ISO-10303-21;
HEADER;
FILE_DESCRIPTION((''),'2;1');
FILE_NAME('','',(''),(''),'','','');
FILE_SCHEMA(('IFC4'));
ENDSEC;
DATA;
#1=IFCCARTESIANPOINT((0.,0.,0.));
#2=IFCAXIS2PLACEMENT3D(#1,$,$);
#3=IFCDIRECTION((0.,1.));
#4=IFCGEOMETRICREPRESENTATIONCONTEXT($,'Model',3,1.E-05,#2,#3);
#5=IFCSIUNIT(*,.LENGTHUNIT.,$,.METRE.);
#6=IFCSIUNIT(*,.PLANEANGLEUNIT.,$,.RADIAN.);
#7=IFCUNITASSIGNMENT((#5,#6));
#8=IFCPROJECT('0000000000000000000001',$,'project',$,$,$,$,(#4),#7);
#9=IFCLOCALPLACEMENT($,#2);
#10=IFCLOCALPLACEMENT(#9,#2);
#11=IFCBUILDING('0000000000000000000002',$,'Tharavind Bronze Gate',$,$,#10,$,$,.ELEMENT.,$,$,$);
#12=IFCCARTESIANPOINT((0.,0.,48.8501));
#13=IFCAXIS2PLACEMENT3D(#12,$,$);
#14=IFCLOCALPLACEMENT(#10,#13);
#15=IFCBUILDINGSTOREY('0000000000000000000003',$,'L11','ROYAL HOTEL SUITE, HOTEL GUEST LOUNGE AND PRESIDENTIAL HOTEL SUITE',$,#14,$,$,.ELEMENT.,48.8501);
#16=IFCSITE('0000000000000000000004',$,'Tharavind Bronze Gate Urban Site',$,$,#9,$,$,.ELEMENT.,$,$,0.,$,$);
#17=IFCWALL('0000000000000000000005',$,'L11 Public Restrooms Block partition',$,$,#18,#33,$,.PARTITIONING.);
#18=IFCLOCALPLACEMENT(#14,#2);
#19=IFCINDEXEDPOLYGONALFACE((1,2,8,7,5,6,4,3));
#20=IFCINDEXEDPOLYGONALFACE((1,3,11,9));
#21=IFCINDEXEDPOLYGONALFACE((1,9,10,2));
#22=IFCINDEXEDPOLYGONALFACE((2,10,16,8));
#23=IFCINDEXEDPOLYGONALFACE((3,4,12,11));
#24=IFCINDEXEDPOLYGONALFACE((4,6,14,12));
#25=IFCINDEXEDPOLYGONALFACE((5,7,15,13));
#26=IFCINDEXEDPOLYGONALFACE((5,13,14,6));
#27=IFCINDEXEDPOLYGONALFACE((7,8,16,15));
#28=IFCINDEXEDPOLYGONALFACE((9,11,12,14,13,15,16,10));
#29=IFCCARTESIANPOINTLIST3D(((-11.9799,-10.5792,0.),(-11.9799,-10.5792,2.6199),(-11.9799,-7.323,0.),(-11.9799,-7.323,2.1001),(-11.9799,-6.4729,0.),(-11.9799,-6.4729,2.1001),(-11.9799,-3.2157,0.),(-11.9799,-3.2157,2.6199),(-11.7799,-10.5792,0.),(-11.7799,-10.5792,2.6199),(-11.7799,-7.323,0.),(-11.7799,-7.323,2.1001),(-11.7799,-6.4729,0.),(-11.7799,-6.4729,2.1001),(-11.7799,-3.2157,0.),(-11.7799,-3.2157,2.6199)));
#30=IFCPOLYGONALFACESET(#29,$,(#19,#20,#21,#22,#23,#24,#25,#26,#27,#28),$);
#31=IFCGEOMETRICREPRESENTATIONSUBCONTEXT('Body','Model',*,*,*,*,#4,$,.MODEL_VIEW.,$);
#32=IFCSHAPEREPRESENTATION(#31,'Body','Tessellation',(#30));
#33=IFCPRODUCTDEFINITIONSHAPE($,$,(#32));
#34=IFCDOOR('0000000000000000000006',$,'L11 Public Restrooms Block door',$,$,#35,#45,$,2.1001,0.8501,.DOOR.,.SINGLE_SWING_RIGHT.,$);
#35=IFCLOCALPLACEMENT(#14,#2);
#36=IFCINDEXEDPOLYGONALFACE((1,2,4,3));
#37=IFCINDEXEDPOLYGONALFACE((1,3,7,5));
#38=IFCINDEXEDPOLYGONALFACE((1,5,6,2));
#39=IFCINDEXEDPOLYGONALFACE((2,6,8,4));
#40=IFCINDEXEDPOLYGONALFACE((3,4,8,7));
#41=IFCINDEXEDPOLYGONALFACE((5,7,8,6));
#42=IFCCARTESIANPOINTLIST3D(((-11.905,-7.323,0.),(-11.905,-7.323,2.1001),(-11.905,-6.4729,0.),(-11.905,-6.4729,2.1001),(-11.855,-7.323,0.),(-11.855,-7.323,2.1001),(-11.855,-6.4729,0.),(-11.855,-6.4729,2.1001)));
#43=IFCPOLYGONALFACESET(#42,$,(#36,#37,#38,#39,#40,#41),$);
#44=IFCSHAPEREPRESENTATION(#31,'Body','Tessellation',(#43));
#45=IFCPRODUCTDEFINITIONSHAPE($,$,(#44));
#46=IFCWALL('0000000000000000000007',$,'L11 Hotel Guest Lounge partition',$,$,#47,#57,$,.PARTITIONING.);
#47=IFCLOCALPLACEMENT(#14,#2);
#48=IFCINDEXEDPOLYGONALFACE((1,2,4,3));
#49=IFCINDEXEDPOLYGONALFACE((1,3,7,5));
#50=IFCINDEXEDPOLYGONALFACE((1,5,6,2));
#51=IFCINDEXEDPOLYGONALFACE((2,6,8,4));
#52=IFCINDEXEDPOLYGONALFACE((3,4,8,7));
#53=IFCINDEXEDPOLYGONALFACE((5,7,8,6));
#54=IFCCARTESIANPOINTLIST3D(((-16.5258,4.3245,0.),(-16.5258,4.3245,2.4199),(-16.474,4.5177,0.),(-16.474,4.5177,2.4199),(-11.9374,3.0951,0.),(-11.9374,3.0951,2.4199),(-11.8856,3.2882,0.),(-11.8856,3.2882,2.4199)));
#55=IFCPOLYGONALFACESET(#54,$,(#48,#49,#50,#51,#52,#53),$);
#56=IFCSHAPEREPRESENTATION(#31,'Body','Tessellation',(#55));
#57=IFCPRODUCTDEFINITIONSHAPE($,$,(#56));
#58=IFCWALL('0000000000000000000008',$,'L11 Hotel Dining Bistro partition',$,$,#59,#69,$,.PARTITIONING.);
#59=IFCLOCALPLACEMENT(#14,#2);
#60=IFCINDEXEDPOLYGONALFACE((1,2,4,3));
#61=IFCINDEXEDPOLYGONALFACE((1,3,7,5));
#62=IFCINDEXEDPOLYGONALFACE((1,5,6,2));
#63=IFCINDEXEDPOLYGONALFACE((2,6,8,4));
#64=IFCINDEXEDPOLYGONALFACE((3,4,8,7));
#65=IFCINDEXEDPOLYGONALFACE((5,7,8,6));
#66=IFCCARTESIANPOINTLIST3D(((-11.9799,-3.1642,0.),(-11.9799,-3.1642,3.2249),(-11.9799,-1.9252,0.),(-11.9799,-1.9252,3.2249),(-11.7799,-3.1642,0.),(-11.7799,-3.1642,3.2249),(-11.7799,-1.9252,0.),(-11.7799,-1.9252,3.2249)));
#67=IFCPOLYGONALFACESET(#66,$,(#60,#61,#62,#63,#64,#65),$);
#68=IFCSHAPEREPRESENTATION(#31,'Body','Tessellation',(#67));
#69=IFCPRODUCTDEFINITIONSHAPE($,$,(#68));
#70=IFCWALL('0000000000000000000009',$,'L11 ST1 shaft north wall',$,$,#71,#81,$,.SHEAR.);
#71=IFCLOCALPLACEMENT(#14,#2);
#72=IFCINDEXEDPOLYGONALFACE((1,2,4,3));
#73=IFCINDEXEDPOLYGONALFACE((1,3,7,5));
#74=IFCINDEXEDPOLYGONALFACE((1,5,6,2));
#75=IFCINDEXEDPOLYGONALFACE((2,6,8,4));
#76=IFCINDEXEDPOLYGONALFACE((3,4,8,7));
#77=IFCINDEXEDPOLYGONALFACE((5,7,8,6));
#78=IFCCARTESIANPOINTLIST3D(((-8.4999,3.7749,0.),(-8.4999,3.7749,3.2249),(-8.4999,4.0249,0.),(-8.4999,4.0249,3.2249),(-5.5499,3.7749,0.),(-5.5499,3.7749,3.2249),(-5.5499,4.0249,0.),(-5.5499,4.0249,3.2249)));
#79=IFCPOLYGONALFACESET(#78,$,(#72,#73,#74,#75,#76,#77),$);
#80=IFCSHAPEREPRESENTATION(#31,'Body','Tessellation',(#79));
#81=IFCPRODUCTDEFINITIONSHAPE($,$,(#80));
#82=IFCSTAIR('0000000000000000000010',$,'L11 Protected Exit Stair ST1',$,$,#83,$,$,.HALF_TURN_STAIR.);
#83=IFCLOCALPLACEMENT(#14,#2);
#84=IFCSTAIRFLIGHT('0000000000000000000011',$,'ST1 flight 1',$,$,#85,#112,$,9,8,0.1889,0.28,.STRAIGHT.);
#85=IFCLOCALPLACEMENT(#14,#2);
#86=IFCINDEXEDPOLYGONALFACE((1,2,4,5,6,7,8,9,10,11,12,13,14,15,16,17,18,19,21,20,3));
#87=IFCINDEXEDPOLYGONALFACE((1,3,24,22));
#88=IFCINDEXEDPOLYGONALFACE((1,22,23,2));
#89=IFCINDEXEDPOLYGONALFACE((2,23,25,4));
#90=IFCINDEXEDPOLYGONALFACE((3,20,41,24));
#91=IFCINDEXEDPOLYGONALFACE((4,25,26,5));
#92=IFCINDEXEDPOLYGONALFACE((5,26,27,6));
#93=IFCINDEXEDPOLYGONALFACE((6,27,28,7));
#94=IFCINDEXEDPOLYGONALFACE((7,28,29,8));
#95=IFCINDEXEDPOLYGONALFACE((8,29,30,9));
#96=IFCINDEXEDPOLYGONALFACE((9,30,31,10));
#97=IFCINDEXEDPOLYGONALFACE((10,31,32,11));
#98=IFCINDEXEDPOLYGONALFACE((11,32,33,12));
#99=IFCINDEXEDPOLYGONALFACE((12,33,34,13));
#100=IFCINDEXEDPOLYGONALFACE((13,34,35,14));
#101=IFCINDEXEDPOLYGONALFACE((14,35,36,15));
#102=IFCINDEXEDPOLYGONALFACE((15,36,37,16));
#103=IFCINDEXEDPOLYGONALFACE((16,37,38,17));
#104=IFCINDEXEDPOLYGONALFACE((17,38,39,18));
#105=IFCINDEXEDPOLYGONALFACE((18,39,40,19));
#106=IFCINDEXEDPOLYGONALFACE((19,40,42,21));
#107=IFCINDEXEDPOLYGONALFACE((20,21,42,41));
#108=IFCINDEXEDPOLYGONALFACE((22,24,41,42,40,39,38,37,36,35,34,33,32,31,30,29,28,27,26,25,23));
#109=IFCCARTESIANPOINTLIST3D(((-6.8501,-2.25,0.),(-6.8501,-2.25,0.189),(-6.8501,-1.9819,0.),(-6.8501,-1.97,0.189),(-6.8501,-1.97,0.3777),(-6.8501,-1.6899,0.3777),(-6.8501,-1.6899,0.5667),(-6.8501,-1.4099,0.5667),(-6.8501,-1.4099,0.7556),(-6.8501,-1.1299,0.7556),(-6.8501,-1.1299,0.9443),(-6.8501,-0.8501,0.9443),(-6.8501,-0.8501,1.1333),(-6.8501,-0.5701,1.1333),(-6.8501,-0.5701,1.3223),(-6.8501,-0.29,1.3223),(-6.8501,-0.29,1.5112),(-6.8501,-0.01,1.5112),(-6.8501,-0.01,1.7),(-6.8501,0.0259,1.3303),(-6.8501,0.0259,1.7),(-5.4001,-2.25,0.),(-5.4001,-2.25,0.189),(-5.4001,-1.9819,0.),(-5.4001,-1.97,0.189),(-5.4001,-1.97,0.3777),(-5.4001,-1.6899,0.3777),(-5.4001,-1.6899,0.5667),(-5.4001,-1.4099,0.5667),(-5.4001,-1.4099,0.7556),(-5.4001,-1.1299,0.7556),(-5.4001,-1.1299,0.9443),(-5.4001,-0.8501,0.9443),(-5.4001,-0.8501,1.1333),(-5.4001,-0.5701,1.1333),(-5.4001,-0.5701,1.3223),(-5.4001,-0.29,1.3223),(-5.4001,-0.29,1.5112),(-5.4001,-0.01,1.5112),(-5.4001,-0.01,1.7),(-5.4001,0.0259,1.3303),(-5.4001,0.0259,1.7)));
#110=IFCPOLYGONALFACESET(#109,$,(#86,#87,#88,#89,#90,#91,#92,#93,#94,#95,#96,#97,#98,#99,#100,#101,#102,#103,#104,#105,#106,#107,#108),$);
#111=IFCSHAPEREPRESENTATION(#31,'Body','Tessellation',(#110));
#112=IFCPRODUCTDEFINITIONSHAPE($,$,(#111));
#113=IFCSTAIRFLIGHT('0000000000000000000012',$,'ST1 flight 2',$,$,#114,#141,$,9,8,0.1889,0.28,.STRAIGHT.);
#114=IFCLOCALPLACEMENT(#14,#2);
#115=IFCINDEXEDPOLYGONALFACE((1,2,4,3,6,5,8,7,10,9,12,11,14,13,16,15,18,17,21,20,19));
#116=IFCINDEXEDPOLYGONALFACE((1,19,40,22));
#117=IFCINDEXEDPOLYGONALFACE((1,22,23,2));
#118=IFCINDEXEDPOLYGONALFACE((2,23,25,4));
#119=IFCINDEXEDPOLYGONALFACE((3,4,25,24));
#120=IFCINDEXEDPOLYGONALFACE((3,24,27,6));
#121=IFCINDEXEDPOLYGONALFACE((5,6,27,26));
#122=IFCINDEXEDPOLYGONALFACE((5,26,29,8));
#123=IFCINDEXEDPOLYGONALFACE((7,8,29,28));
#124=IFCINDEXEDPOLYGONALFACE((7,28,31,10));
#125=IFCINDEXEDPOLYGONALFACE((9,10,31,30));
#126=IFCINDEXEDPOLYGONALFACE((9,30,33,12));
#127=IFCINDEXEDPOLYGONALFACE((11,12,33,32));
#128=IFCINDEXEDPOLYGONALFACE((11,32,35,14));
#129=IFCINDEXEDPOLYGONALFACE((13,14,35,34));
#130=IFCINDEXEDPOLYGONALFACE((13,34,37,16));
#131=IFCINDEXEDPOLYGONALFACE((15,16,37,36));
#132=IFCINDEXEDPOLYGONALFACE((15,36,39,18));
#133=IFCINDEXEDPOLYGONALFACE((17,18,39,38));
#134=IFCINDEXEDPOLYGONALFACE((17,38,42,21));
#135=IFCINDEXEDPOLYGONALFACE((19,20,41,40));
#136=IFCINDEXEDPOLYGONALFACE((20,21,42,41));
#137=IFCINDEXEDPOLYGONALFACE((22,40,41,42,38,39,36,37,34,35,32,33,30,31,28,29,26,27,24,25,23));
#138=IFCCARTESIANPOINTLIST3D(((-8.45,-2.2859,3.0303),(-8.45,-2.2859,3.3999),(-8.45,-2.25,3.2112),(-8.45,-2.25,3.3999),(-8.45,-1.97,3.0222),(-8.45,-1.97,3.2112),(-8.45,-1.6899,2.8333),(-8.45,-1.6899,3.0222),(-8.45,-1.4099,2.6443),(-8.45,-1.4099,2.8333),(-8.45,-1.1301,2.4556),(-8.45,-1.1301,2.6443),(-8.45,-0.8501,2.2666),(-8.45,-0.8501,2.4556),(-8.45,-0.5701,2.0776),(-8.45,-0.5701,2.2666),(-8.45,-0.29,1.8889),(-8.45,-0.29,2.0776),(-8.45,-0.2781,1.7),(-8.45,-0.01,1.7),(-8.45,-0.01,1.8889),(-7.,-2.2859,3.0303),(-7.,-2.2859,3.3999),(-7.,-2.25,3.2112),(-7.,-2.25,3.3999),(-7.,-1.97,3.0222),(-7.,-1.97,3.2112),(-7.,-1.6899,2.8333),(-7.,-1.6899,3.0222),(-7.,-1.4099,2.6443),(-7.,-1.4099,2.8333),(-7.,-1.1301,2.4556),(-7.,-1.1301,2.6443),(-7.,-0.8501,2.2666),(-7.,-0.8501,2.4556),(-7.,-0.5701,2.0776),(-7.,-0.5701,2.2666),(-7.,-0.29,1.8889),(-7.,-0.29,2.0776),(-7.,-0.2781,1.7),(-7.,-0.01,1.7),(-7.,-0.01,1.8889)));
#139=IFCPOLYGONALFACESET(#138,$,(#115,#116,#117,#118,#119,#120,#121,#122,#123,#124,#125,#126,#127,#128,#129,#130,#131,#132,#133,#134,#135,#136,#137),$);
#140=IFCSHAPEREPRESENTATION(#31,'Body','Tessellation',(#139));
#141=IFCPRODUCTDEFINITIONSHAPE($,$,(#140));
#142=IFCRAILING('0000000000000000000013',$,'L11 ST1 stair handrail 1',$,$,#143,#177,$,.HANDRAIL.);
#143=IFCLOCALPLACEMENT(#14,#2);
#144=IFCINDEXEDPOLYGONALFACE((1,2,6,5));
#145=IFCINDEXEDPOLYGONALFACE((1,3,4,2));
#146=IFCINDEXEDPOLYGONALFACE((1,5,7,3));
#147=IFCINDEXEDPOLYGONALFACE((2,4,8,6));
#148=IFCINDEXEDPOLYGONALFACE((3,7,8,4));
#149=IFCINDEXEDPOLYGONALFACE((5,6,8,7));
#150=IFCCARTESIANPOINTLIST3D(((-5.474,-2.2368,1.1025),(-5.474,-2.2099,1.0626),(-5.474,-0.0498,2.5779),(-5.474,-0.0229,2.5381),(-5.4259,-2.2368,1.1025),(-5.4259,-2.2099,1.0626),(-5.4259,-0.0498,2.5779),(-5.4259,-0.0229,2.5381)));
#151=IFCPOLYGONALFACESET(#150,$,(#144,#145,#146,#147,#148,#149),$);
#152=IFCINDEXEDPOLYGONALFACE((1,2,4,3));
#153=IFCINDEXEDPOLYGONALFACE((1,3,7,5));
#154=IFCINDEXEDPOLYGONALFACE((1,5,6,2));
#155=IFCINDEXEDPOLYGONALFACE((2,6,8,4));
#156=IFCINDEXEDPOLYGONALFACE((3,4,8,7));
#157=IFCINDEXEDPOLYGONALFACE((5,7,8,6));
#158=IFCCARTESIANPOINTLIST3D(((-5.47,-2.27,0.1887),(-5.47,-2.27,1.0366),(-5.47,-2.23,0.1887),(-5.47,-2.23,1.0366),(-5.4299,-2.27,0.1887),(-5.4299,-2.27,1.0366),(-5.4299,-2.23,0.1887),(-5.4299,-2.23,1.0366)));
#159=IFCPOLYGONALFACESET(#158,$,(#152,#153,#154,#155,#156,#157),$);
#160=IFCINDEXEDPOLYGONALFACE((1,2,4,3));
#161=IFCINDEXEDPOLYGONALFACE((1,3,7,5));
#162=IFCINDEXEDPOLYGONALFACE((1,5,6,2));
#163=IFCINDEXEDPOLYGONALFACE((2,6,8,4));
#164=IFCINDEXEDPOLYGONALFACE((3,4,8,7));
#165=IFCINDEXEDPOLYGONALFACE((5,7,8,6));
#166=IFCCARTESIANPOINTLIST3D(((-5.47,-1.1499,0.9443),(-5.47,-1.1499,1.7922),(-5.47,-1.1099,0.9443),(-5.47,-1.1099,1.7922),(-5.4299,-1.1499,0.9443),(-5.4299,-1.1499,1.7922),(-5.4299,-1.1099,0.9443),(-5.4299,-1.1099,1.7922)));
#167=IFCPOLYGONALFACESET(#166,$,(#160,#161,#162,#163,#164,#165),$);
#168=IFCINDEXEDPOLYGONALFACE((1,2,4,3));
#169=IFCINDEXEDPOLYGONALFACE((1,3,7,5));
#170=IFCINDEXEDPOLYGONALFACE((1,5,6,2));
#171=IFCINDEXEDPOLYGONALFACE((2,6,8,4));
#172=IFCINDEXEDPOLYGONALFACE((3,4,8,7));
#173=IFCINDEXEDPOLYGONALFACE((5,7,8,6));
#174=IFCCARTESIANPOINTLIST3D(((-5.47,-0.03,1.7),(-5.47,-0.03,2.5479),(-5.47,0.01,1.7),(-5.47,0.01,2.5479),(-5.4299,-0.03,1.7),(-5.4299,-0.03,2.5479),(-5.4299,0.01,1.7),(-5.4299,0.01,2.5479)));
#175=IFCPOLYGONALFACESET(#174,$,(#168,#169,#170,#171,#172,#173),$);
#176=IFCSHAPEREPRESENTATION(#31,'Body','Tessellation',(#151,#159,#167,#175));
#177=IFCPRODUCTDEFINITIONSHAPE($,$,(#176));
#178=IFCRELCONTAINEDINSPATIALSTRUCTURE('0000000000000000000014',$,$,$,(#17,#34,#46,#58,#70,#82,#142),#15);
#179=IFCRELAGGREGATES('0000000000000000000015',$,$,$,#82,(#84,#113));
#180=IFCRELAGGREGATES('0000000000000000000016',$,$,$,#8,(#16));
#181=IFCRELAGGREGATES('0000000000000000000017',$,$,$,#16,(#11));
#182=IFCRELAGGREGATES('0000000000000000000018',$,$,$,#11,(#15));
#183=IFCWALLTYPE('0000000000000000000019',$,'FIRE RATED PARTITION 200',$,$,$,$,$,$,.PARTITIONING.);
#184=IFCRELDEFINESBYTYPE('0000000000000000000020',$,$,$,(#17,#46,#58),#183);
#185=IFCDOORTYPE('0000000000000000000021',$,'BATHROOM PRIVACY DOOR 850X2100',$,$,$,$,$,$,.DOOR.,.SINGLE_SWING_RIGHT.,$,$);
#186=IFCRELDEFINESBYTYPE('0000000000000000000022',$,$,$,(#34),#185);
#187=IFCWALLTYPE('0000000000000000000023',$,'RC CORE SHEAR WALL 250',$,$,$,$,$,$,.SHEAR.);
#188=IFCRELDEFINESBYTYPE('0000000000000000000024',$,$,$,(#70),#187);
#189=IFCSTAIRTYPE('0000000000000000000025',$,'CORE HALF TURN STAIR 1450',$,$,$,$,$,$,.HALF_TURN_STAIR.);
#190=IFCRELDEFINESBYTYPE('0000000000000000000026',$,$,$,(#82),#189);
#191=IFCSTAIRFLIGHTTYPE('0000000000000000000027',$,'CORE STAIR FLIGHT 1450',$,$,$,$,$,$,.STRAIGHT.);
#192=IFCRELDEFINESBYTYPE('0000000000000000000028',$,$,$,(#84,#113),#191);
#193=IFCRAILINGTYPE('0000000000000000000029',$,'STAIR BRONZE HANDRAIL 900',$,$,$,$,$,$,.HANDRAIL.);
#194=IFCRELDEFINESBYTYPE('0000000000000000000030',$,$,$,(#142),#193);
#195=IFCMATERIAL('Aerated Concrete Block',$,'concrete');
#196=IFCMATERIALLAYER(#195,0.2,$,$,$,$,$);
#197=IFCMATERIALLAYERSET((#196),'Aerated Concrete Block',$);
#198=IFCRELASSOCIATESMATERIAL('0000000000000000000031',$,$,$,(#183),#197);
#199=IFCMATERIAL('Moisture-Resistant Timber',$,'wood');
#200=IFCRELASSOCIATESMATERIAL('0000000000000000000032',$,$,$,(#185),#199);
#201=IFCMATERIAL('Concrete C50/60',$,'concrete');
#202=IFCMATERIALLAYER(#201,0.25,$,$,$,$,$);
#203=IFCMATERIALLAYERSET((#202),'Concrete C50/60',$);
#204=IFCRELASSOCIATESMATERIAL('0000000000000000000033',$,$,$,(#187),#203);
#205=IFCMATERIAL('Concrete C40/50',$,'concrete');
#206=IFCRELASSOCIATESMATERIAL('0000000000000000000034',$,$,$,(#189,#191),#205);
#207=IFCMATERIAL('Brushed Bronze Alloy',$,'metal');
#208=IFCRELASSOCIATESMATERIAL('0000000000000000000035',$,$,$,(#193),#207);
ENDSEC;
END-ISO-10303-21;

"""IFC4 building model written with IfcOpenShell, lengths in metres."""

from ifc_helpers import new_model, si_unit, direction, frame, frame_2d, origin, origin_2d, place, context, subcontext, project, spatial, polyline, rectangle, outline, extrude, material, layer, layer_set, type_object, element, fill, aggregate, save


model = new_model("IFC4")

# Units and contexts
model_context = context("Model", 3, precision=1e-05, world=origin(), true_north=direction((0.0, 1.0)))
body_context = subcontext(model_context, "Body", "Model", "MODEL_VIEW")
ifc_project = project(units=[si_unit("LENGTHUNIT", "METRE"), si_unit("PLANEANGLEUNIT", "RADIAN")], contexts=[model_context])

# Site, building, storey
site_placement = place(None, origin())
site = spatial("IfcSite", under=ifc_project, at=site_placement, Name="Tharavind Bronze Gate Urban Site", CompositionType="ELEMENT", RefElevation=0.0)
building_placement = place(site_placement, origin())
building = spatial("IfcBuilding", under=site, at=building_placement, Name="Tharavind Bronze Gate", CompositionType="ELEMENT")
storey_placement = place(building_placement, frame((0.0, 0.0, 48.8501)))
storey = spatial("IfcBuildingStorey", under=building, at=storey_placement, Name="L11", Description="ROYAL HOTEL SUITE, HOTEL GUEST LOUNGE AND PRESIDENTIAL HOTEL SUITE", CompositionType="ELEMENT", Elevation=48.8501)

# Wall, opening, door
ifc_material_1 = material(Name="Aerated Concrete Block", Category="concrete")
ifc_layer_1 = layer(ifc_material_1, 0.2)
ifc_layer_set_1 = layer_set([ifc_layer_1], Name="Aerated Concrete Block")
wall_type_1 = type_object("IfcWallType", Name="FIRE RATED PARTITION 200", PredefinedType="PARTITIONING", material=ifc_layer_set_1)
wall_1_placement = place(storey_placement, frame((-11.8799, -3.2158, 0.0), z_axis=(0.0, 0.0, 1.0), x_axis=(0.0, -1.0, 0.0)))
wall_1 = element("IfcWall", 1, at=wall_1_placement, inside=storey, type_object=wall_type_1, Name="L11 Public Restrooms Block partition", PredefinedType="PARTITIONING", context=body_context, shape_type="SweptSolid", body=[
    extrude(rectangle(XDim=7.3635, YDim=0.2, at=frame_2d((3.6816, 0.0))), origin(), (0.0, 0.0, 1.0), 2.6199),
])
opening_1_placement = place(wall_1_placement, frame((3.2571, 0.0, 0.0)))
opening_1 = element("IfcOpeningElement", 2, at=opening_1_placement, cuts=wall_1, PredefinedType="OPENING", context=body_context, shape_type="SweptSolid", body=[
    extrude(rectangle(XDim=0.8501, YDim=2.1001, at=frame_2d((0.425, 1.05))), frame((0.0, 0.1101, 0.0), z_axis=(0.0, -1.0, 0.0), x_axis=(1.0, 0.0, 0.0)), (0.0, 0.0, 1.0), 0.22),
])
ifc_material_2 = material(Name="Moisture-Resistant Timber", Category="wood")
door_type_1 = type_object("IfcDoorType", Name="BATHROOM PRIVACY DOOR 850X2100", OperationType="SINGLE_SWING_RIGHT", PredefinedType="DOOR", material=ifc_material_2)
door_1_placement = place(opening_1_placement, origin())
door_1 = element("IfcDoor", 3, at=door_1_placement, inside=storey, type_object=door_type_1, Name="L11 Public Restrooms Block door", OperationType="SINGLE_SWING_RIGHT", OverallHeight=2.1001, OverallWidth=0.8501, PredefinedType="DOOR", context=body_context, shape_type="SweptSolid", body=[
    extrude(rectangle(XDim=0.8501, YDim=2.1001, at=frame_2d((0.425, 1.05))), frame((0.0, 0.0249, 0.0), z_axis=(0.0, -1.0, 0.0), x_axis=(1.0, 0.0, 0.0)), (0.0, 0.0, 1.0), 0.05),
])
fill(opening_1, door_1)

# Wall
wall_2_placement = place(storey_placement, frame((-11.9116, 3.1917, 0.0), z_axis=(0.0, 0.0, 1.0), x_axis=(-0.965924, 0.258827, 0.0)))
element("IfcWall", 4, at=wall_2_placement, inside=storey, type_object=wall_type_1, Name="L11 Hotel Guest Lounge partition", PredefinedType="PARTITIONING", context=body_context, shape_type="SweptSolid", body=[
    extrude(rectangle(XDim=4.7502, YDim=0.2, at=frame_2d((2.375, 0.0))), origin(), (0.0, 0.0, 1.0), 2.4199),
])

# Walls
wall_3_placement = place(storey_placement, frame((-11.8799, -1.925, 0.0), z_axis=(0.0, 0.0, 1.0), x_axis=(0.0, -1.0, 0.0)))
element("IfcWall", 5, at=wall_3_placement, inside=storey, type_object=wall_type_1, Name="L11 Hotel Dining Bistro partition", PredefinedType="PARTITIONING", context=body_context, shape_type="SweptSolid", body=[
    extrude(rectangle(XDim=1.239, YDim=0.2, at=frame_2d((0.6196, 0.0))), origin(), (0.0, 0.0, 1.0), 3.2249),
])
ifc_material_3 = material(Name="Concrete C50/60", Category="concrete")
ifc_layer_2 = layer(ifc_material_3, 0.25)
ifc_layer_set_2 = layer_set([ifc_layer_2], Name="Concrete C50/60")
wall_type_2 = type_object("IfcWallType", Name="RC CORE SHEAR WALL 250", PredefinedType="SHEAR", material=ifc_layer_set_2)
wall_4_placement = place(storey_placement, frame((-8.5, 3.8999, 0.0), z_axis=(0.0, 0.0, 1.0), x_axis=(1.0, 0.0, 0.0)))
element("IfcWall", 6, at=wall_4_placement, inside=storey, type_object=wall_type_2, Name="L11 ST1 shaft north wall", PredefinedType="SHEAR", context=body_context, shape_type="SweptSolid", body=[
    extrude(rectangle(XDim=2.95, YDim=0.25, at=frame_2d((1.4751, 0.0))), origin(), (0.0, 0.0, 1.0), 3.2249),
])

# Stair, stair flights
ifc_material_4 = material(Name="Concrete C40/50", Category="concrete")
stair_type = type_object("IfcStairType", Name="CORE HALF TURN STAIR 1450", PredefinedType="HALF_TURN_STAIR", material=ifc_material_4)
stair_placement = place(storey_placement, origin())
stair = element("IfcStair", 7, at=stair_placement, inside=storey, type_object=stair_type, Name="L11 Protected Exit Stair ST1", PredefinedType="HALF_TURN_STAIR")
stair_flight_type = type_object("IfcStairFlightType", Name="CORE STAIR FLIGHT 1450", PredefinedType="STRAIGHT", material=ifc_material_4)
stair_flight_1_placement = place(storey_placement, frame((-6.125, -2.25, 0.0), z_axis=(0.0, 0.0, 1.0), x_axis=(0.0, 1.0, 0.0)))
stair_flight_1 = element("IfcStairFlight", 8, at=stair_flight_1_placement, type_object=stair_flight_type, Name="ST1 flight 1", NumberOfRisers=9, NumberOfTreads=8, PredefinedType="STRAIGHT", RiserHeight=0.1889, TreadLength=0.28, context=body_context, shape_type="SweptSolid", body=[
    extrude(outline(polyline([(0.0, 0.0), (0.0, 0.189), (0.28, 0.189), (0.28, 0.3777), (0.5601, 0.3777), (0.5601, 0.5667), (0.8401, 0.5667), (0.8401, 0.7556), (1.1201, 0.7556), (1.1201, 0.9443), (1.3999, 0.9443), (1.3999, 1.1333), (1.6799, 1.1333), (1.6799, 1.3223), (1.96, 1.3223), (1.96, 1.5112), (2.24, 1.5112), (2.24, 1.7), (2.2759, 1.7), (2.2759, 1.3303), (0.2681, 0.0), (0.0, 0.0)])), frame((0.0, 0.7251, 0.0), z_axis=(0.0, -1.0, 0.0), x_axis=(1.0, 0.0, 0.0)), (0.0, 0.0, 1.0), 1.45),
])
stair_flight_2_placement = place(storey_placement, frame((-7.7251, -0.01, 1.7), z_axis=(0.0, 0.0, 1.0), x_axis=(0.0, -1.0, 0.0)))
stair_flight_2 = element("IfcStairFlight", 9, at=stair_flight_2_placement, type_object=stair_flight_type, Name="ST1 flight 2", NumberOfRisers=9, NumberOfTreads=8, PredefinedType="STRAIGHT", RiserHeight=0.1889, TreadLength=0.28, context=body_context, shape_type="SweptSolid", body=[
    extrude(outline(polyline([(0.0, 0.0), (0.0, 0.189), (0.28, 0.189), (0.28, 0.3777), (0.5601, 0.3777), (0.5601, 0.5667), (0.8401, 0.5667), (0.8401, 0.7556), (1.1201, 0.7556), (1.1201, 0.9443), (1.3999, 0.9443), (1.3999, 1.1333), (1.6799, 1.1333), (1.6799, 1.3223), (1.96, 1.3223), (1.96, 1.5112), (2.24, 1.5112), (2.24, 1.7), (2.2759, 1.7), (2.2759, 1.3303), (0.2681, 0.0), (0.0, 0.0)])), frame((0.0, 0.7251, 0.0), z_axis=(0.0, -1.0, 0.0), x_axis=(1.0, 0.0, 0.0)), (0.0, 0.0, 1.0), 1.45),
])
aggregate(stair, [stair_flight_1, stair_flight_2])

# Railing
ifc_material_5 = material(Name="Brushed Bronze Alloy", Category="metal")
railing_type_1 = type_object("IfcRailingType", Name="STAIR BRONZE HANDRAIL 900", PredefinedType="HANDRAIL", material=ifc_material_5)
railing_1_placement = place(storey_placement, frame((-5.45, -2.25, 0.1887)))
element("IfcRailing", 10, at=railing_1_placement, inside=storey, type_object=railing_type_1, Name="L11 ST1 stair handrail 1", PredefinedType="HANDRAIL", context=body_context, shape_type="SweptSolid", body=[
    extrude(rectangle(XDim=0.0481, YDim=0.0481, at=origin_2d()), frame((0.0, 0.0266, 0.8938), z_axis=(0.0, 0.82898, 0.559279), x_axis=(-1.0, 0.0, 0.0)), (0.0, 0.0, 1.0), 2.6382),
    extrude(rectangle(XDim=0.04, YDim=0.04, at=origin_2d()), origin(), (0.0, 0.0, 1.0), 0.8479),
    extrude(rectangle(XDim=0.04, YDim=0.04, at=origin_2d()), frame((0.0, 1.1201, 0.7556)), (0.0, 0.0, 1.0), 0.8479),
    extrude(rectangle(XDim=0.04, YDim=0.04, at=origin_2d()), frame((0.0, 2.24, 1.5112)), (0.0, 0.0, 1.0), 0.8479),
])

save(model, "model.ifc")
